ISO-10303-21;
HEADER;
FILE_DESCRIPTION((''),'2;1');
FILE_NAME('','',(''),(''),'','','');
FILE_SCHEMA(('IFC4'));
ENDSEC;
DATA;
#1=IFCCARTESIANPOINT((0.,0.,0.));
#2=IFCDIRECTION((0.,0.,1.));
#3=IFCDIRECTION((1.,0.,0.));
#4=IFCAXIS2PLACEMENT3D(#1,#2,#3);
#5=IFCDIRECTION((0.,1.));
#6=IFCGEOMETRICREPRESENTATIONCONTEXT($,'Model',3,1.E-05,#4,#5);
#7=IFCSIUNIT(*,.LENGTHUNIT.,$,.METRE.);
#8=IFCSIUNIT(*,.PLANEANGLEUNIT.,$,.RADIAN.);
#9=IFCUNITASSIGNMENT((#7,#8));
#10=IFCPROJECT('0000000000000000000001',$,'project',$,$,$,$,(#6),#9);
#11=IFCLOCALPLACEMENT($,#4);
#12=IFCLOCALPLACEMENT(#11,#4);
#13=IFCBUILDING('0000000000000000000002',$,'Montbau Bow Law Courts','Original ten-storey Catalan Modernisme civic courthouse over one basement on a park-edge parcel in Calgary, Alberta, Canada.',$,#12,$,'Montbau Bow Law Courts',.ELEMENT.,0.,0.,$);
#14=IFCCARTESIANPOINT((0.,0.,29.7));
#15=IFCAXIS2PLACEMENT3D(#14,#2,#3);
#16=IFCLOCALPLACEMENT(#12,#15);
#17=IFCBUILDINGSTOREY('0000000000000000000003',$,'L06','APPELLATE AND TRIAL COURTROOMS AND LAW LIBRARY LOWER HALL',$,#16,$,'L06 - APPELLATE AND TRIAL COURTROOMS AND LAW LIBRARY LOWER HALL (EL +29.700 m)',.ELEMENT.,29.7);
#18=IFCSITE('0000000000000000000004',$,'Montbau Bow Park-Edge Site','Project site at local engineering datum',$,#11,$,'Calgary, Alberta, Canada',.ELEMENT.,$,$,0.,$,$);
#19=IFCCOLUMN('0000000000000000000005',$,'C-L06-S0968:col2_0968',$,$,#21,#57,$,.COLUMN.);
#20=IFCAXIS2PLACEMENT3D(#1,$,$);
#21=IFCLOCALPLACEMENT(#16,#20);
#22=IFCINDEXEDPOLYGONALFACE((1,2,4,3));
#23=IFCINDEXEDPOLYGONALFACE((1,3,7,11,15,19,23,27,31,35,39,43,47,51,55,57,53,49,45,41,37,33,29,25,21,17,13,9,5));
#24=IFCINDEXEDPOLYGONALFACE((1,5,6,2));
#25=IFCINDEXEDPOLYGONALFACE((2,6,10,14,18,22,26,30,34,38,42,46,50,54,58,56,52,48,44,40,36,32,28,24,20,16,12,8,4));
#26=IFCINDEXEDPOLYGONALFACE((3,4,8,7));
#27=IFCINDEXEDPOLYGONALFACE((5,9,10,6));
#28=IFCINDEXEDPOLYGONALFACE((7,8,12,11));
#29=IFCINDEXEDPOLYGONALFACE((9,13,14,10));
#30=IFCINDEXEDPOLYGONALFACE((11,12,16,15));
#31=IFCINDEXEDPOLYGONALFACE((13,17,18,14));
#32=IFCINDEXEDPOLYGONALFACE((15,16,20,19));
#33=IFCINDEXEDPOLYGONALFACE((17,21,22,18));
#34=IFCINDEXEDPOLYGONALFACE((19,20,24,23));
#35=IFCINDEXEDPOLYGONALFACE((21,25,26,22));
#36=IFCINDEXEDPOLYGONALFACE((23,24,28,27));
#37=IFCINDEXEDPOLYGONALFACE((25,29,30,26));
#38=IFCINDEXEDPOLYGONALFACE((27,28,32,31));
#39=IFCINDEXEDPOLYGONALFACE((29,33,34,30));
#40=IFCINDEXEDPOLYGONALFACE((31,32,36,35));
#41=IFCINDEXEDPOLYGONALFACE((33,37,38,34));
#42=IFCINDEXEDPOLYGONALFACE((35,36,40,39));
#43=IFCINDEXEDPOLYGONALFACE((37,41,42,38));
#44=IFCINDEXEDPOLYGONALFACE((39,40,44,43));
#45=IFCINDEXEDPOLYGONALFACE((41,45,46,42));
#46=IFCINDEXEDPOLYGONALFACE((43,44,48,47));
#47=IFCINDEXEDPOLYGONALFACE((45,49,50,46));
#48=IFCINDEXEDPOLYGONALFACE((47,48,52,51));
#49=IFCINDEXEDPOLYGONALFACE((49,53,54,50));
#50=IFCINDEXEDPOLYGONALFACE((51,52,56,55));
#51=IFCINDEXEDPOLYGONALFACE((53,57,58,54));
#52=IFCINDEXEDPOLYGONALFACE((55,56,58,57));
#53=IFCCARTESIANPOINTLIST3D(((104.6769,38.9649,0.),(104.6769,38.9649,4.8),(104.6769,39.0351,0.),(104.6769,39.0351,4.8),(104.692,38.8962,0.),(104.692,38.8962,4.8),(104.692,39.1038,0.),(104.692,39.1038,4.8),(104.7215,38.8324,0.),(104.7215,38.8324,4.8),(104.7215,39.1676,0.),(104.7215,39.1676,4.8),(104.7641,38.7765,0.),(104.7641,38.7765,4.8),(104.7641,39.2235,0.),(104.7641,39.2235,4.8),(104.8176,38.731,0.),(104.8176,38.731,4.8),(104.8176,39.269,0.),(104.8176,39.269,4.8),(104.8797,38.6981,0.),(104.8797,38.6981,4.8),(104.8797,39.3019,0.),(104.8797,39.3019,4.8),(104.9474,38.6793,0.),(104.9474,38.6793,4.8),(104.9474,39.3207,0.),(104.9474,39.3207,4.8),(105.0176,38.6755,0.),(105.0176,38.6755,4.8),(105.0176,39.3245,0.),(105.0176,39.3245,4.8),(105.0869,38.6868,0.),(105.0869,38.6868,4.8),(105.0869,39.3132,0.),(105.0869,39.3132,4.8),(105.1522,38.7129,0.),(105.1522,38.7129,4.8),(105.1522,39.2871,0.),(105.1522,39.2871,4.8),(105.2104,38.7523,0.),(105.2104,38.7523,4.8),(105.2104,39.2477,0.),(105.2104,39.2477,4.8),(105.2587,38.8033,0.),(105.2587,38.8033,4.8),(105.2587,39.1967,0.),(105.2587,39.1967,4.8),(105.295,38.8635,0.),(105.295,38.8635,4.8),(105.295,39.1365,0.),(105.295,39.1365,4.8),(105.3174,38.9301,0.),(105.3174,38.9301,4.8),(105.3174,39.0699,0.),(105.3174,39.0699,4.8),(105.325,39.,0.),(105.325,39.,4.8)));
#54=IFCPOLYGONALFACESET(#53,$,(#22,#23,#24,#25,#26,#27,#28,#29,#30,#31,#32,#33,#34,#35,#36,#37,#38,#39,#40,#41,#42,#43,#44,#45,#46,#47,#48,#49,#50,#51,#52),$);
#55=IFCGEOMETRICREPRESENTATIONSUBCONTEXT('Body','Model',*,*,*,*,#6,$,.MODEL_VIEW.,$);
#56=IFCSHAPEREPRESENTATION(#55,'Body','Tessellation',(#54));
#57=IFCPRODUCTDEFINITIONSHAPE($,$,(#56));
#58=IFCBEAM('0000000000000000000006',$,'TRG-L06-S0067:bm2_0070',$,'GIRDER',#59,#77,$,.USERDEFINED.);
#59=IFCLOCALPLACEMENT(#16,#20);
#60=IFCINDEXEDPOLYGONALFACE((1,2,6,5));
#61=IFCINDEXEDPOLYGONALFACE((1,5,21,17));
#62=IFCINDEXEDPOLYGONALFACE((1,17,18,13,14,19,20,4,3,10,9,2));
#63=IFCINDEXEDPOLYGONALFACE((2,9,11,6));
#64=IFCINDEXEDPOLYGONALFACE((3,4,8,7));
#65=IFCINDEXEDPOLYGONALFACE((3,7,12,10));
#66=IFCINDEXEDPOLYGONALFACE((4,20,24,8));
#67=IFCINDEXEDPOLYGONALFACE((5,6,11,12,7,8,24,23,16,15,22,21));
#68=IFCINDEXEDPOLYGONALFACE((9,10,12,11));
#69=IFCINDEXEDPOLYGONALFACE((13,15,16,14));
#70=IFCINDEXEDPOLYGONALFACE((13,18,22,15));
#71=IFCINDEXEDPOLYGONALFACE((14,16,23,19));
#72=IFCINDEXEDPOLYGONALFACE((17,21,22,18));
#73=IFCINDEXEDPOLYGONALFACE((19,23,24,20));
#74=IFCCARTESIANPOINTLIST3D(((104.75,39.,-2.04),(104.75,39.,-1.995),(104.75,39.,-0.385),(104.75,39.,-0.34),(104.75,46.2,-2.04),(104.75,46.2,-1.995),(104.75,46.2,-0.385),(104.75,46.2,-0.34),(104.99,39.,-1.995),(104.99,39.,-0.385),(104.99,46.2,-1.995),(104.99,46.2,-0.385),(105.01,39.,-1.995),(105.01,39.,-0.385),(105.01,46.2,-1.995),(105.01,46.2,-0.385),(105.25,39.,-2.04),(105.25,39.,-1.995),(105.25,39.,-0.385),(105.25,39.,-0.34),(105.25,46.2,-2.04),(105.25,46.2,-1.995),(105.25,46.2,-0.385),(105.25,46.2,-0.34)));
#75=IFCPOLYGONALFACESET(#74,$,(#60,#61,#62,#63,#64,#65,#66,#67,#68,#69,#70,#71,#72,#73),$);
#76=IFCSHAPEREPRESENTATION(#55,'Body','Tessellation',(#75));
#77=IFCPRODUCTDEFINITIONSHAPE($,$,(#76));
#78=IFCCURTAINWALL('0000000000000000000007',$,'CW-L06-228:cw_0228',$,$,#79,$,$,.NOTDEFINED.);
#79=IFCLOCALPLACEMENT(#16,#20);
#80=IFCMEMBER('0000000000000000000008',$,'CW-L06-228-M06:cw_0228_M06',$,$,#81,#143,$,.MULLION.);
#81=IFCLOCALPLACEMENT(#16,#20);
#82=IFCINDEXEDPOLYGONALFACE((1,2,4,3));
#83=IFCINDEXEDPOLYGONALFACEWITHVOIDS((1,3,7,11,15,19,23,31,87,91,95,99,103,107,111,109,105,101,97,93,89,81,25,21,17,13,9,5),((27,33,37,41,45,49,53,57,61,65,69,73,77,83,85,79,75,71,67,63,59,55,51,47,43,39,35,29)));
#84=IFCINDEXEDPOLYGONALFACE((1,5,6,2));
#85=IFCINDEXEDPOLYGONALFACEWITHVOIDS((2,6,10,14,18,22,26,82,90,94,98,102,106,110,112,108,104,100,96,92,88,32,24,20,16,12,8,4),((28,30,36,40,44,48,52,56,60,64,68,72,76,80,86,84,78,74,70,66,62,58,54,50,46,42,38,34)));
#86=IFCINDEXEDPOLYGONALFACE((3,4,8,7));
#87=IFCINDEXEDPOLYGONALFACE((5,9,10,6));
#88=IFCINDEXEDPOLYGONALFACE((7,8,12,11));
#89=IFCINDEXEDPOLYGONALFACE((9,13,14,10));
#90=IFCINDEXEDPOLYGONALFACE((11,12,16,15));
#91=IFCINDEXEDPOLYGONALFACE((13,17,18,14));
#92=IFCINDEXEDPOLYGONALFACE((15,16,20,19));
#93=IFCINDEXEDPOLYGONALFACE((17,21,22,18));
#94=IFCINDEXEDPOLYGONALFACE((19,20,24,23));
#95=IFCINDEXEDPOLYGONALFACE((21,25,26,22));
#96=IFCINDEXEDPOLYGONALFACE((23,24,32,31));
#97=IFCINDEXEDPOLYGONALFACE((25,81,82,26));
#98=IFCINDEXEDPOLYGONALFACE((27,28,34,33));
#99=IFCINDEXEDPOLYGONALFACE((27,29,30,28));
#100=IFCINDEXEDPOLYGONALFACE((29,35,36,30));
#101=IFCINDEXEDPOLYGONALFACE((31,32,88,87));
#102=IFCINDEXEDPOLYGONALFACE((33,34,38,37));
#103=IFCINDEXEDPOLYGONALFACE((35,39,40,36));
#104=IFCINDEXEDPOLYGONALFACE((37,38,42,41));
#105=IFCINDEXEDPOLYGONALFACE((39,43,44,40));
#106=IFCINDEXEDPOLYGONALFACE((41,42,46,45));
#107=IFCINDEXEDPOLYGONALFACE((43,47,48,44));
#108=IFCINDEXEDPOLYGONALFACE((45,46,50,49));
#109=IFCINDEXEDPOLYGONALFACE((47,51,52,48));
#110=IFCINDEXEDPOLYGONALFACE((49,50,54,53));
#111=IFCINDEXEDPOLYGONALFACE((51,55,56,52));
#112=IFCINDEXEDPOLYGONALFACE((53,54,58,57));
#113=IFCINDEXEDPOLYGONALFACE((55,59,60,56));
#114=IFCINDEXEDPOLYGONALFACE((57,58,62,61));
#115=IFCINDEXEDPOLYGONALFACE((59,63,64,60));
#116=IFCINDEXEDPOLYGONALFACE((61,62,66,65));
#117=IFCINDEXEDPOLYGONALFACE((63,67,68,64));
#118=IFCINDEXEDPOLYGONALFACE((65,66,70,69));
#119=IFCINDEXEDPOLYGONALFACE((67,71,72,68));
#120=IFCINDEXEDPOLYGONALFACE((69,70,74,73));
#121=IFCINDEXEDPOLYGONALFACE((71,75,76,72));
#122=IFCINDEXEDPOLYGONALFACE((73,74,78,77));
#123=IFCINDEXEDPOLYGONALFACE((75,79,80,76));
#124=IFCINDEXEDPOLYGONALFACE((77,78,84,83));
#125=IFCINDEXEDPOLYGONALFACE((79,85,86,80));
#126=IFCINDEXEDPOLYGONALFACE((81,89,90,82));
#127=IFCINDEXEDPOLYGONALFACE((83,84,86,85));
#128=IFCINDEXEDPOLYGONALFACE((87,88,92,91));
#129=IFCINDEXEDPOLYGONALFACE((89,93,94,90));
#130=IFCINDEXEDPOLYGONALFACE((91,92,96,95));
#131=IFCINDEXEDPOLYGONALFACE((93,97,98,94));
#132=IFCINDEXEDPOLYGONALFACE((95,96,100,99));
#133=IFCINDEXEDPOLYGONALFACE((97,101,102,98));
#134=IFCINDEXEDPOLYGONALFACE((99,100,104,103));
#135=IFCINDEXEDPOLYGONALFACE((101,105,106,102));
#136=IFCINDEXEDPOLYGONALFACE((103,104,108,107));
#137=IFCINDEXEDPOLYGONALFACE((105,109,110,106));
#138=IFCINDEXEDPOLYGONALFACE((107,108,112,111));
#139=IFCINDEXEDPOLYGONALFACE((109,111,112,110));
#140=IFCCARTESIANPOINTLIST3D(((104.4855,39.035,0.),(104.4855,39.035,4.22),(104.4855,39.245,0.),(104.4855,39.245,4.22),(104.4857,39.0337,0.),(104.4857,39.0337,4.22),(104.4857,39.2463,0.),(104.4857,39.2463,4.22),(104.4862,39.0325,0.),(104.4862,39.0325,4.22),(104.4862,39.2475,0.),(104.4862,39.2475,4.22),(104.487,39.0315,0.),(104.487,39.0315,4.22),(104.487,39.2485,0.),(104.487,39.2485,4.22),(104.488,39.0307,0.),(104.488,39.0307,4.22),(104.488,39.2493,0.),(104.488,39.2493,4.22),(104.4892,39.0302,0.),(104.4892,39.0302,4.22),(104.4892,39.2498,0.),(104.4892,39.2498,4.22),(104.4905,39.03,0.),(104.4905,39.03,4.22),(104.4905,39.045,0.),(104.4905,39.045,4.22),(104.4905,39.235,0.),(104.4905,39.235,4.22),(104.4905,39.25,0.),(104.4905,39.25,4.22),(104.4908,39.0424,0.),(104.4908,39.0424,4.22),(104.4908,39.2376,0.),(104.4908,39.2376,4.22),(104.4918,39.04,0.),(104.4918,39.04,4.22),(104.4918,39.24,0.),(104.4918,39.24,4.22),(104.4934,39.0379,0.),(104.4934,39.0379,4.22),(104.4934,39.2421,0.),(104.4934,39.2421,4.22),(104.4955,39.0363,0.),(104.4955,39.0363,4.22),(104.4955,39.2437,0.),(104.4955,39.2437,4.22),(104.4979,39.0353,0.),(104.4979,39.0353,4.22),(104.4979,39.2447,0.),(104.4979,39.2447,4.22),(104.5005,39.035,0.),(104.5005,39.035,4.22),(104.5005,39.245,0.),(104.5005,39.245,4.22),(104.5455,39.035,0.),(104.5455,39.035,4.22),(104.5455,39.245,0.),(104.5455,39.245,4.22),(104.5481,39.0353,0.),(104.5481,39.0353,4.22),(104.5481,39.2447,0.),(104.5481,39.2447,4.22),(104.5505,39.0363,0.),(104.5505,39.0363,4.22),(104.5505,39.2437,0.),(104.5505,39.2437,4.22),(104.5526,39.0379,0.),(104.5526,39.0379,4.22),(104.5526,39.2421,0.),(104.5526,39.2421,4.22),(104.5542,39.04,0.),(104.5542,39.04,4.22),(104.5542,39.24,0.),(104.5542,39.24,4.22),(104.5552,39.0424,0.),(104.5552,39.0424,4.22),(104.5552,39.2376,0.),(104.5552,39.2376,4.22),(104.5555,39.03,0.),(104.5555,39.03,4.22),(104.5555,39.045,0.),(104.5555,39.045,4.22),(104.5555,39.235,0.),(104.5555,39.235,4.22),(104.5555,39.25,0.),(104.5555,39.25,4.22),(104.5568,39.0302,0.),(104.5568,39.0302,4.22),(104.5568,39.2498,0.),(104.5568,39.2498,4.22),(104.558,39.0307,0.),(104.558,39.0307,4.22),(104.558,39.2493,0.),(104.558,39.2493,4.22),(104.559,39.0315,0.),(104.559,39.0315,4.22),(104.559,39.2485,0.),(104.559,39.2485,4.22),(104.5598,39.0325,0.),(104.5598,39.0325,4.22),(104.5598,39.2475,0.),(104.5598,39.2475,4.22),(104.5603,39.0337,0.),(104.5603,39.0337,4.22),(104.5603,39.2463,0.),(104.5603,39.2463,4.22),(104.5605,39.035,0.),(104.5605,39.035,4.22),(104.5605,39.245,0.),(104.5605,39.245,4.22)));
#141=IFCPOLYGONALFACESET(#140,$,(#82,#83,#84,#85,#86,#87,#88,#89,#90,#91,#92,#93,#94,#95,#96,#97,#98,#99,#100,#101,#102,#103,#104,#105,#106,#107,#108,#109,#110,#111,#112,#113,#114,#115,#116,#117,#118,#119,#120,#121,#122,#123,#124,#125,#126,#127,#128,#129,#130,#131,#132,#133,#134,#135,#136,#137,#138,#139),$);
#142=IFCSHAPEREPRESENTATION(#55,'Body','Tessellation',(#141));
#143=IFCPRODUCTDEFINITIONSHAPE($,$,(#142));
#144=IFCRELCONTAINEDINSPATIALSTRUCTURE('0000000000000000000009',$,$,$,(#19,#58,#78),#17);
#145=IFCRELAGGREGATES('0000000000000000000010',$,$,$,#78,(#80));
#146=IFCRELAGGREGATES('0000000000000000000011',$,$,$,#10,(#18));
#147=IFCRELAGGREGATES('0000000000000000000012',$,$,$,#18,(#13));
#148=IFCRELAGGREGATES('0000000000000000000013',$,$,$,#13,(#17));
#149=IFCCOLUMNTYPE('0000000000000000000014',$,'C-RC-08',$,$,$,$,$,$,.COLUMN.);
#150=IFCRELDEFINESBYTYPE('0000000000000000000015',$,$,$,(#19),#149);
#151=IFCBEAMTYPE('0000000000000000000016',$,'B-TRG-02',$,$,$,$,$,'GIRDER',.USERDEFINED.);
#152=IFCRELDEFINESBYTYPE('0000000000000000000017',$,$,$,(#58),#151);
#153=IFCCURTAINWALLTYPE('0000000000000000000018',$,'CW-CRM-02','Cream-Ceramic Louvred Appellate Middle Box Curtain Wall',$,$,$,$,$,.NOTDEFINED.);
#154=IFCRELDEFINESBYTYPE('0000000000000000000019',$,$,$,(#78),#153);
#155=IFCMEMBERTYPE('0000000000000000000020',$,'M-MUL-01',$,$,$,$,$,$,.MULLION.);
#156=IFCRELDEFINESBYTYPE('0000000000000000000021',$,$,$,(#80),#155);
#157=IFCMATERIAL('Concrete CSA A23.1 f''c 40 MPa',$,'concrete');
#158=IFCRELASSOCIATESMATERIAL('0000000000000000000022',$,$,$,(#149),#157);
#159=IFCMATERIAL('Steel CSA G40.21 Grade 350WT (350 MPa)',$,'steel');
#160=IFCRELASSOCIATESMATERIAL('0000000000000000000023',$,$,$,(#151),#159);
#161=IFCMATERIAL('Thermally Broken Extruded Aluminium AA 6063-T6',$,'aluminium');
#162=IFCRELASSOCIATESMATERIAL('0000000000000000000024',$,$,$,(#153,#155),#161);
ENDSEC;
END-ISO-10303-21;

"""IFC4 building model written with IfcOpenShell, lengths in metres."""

from ifc_helpers import new_model, si_unit, direction, frame, origin_with_axes, origin_2d_with_axis, place, context, subcontext, project, spatial, hollow_rectangle, circle, i_section, extrude, material, material_profile, profile_set, type_object, element, aggregate, save


model = new_model("IFC4")

# Units and contexts
model_context = context("Model", 3, precision=1e-05, world=origin_with_axes(), true_north=direction((0.0, 1.0)))
body_context = subcontext(model_context, "Body", "Model", "MODEL_VIEW")
ifc_project = project(units=[si_unit("LENGTHUNIT", "METRE"), si_unit("PLANEANGLEUNIT", "RADIAN")], contexts=[model_context])

# Site, building, storey
site_placement = place(None, origin_with_axes())
site = spatial("IfcSite", under=ifc_project, at=site_placement, Name="Montbau Bow Park-Edge Site", Description="Project site at local engineering datum", LongName="Calgary, Alberta, Canada", CompositionType="ELEMENT", RefElevation=0.0)
building_placement = place(site_placement, origin_with_axes())
building = spatial("IfcBuilding", under=site, at=building_placement, Name="Montbau Bow Law Courts", Description="Original ten-storey Catalan Modernisme civic courthouse over one basement on a park-edge parcel in Calgary, Alberta, Canada.", LongName="Montbau Bow Law Courts", CompositionType="ELEMENT", ElevationOfRefHeight=0.0, ElevationOfTerrain=0.0)
storey_placement = place(building_placement, frame((0.0, 0.0, 29.7), z_axis=(0.0, 0.0, 1.0), x_axis=(1.0, 0.0, 0.0)))
storey = spatial("IfcBuildingStorey", under=building, at=storey_placement, Name="L06", Description="APPELLATE AND TRIAL COURTROOMS AND LAW LIBRARY LOWER HALL", LongName="L06 - APPELLATE AND TRIAL COURTROOMS AND LAW LIBRARY LOWER HALL (EL +29.700 m)", CompositionType="ELEMENT", Elevation=29.7)

# Column
ifc_material_1 = material(Name="Concrete CSA A23.1 f'c 40 MPa", Category="concrete")
ifc_material_profile_1 = material_profile(ifc_material_1, circle(Radius=0.325, at=origin_2d_with_axis()), Name="RC650D", Category="Main", Priority=0)
ifc_profile_set_1 = profile_set([ifc_material_profile_1], Name="Concrete CSA A23.1 f'c 40 MPa")
column_type = type_object("IfcColumnType", Name="C-RC-08", PredefinedType="COLUMN", material=ifc_profile_set_1)
column_placement = place(None, frame((105.0, 39.0, 29.7), z_axis=(0.0, 0.0, 1.0), x_axis=(1.0, 0.0, 0.0)))
element("IfcColumn", 1, at=column_placement, inside=storey, type_object=column_type, Name="C-L06-S0968:col2_0968", PredefinedType="COLUMN", context=body_context, shape_type="SweptSolid", body=[
    extrude(circle(Radius=0.325, at=origin_2d_with_axis()), origin_with_axes(), (0.0, 0.0, 1.0), 4.8),
])

# Beam
ifc_material_2 = material(Name="Steel CSA G40.21 Grade 350WT (350 MPa)", Category="steel")
ifc_material_profile_2 = material_profile(ifc_material_2, i_section(OverallWidth=0.5, OverallDepth=1.7, WebThickness=0.02, FlangeThickness=0.045, at=origin_2d_with_axis()), Name="WWF1700X480", Category="Main", Priority=0)
ifc_profile_set_2 = profile_set([ifc_material_profile_2], Name="Steel CSA G40.21 Grade 350WT (350 MPa)")
beam_type = type_object("IfcBeamType", Name="B-TRG-02", ElementType="GIRDER", PredefinedType="USERDEFINED", material=ifc_profile_set_2)
beam_placement = place(None, frame((105.0, 39.0, 28.51), z_axis=(0.0, 1.0, 0.0), x_axis=(-1.0, 0.0, 0.0)))
element("IfcBeam", 2, at=beam_placement, inside=storey, type_object=beam_type, Name="TRG-L06-S0067:bm2_0070", ObjectType="GIRDER", PredefinedType="USERDEFINED", context=body_context, shape_type="SweptSolid", body=[
    extrude(i_section(OverallWidth=0.5, OverallDepth=1.7, WebThickness=0.02, FlangeThickness=0.045, at=origin_2d_with_axis()), origin_with_axes(), (0.0, 0.0, 1.0), 7.2),
])

# Curtain wall, member
ifc_material_3 = material(Name="Thermally Broken Extruded Aluminium AA 6063-T6", Category="aluminium")
curtain_wall_type = type_object("IfcCurtainWallType", Name="CW-CRM-02", Description="Cream-Ceramic Louvred Appellate Middle Box Curtain Wall", PredefinedType="NOTDEFINED", material=ifc_material_3)
curtain_wall_1_placement = place(None, frame((97.64, 39.14, 29.7), z_axis=(0.0, 0.0, 1.0), x_axis=(1.0, 0.0, 0.0)))
curtain_wall_1 = element("IfcCurtainWall", 3, at=curtain_wall_1_placement, inside=storey, type_object=curtain_wall_type, Name="CW-L06-228:cw_0228", PredefinedType="NOTDEFINED")
ifc_material_profile_3 = material_profile(ifc_material_3, hollow_rectangle(XDim=0.075, YDim=0.22, WallThickness=0.005, InnerFilletRadius=0.01, OuterFilletRadius=0.005, at=origin_2d_with_axis()), Name="CWM-220X75", Category="Main", Priority=0)
ifc_profile_set_3 = profile_set([ifc_material_profile_3], Name="Thermally Broken Extruded Aluminium AA 6063-T6")
member_type_1 = type_object("IfcMemberType", Name="M-MUL-01", PredefinedType="MULLION", material=ifc_profile_set_3)
member_1_placement = place(None, frame((104.523, 39.14, 29.7), z_axis=(0.0, 0.0, 1.0), x_axis=(1.0, 0.0, 0.0)))
member_1 = element("IfcMember", 4, at=member_1_placement, type_object=member_type_1, Name="CW-L06-228-M06:cw_0228_M06", PredefinedType="MULLION", context=body_context, shape_type="SweptSolid", body=[
    extrude(hollow_rectangle(XDim=0.075, YDim=0.22, WallThickness=0.005, InnerFilletRadius=0.01, OuterFilletRadius=0.005, at=origin_2d_with_axis()), origin_with_axes(), (0.0, 0.0, 1.0), 4.22),
])

aggregate(curtain_wall_1, [member_1])

save(model, "model.ifc")
